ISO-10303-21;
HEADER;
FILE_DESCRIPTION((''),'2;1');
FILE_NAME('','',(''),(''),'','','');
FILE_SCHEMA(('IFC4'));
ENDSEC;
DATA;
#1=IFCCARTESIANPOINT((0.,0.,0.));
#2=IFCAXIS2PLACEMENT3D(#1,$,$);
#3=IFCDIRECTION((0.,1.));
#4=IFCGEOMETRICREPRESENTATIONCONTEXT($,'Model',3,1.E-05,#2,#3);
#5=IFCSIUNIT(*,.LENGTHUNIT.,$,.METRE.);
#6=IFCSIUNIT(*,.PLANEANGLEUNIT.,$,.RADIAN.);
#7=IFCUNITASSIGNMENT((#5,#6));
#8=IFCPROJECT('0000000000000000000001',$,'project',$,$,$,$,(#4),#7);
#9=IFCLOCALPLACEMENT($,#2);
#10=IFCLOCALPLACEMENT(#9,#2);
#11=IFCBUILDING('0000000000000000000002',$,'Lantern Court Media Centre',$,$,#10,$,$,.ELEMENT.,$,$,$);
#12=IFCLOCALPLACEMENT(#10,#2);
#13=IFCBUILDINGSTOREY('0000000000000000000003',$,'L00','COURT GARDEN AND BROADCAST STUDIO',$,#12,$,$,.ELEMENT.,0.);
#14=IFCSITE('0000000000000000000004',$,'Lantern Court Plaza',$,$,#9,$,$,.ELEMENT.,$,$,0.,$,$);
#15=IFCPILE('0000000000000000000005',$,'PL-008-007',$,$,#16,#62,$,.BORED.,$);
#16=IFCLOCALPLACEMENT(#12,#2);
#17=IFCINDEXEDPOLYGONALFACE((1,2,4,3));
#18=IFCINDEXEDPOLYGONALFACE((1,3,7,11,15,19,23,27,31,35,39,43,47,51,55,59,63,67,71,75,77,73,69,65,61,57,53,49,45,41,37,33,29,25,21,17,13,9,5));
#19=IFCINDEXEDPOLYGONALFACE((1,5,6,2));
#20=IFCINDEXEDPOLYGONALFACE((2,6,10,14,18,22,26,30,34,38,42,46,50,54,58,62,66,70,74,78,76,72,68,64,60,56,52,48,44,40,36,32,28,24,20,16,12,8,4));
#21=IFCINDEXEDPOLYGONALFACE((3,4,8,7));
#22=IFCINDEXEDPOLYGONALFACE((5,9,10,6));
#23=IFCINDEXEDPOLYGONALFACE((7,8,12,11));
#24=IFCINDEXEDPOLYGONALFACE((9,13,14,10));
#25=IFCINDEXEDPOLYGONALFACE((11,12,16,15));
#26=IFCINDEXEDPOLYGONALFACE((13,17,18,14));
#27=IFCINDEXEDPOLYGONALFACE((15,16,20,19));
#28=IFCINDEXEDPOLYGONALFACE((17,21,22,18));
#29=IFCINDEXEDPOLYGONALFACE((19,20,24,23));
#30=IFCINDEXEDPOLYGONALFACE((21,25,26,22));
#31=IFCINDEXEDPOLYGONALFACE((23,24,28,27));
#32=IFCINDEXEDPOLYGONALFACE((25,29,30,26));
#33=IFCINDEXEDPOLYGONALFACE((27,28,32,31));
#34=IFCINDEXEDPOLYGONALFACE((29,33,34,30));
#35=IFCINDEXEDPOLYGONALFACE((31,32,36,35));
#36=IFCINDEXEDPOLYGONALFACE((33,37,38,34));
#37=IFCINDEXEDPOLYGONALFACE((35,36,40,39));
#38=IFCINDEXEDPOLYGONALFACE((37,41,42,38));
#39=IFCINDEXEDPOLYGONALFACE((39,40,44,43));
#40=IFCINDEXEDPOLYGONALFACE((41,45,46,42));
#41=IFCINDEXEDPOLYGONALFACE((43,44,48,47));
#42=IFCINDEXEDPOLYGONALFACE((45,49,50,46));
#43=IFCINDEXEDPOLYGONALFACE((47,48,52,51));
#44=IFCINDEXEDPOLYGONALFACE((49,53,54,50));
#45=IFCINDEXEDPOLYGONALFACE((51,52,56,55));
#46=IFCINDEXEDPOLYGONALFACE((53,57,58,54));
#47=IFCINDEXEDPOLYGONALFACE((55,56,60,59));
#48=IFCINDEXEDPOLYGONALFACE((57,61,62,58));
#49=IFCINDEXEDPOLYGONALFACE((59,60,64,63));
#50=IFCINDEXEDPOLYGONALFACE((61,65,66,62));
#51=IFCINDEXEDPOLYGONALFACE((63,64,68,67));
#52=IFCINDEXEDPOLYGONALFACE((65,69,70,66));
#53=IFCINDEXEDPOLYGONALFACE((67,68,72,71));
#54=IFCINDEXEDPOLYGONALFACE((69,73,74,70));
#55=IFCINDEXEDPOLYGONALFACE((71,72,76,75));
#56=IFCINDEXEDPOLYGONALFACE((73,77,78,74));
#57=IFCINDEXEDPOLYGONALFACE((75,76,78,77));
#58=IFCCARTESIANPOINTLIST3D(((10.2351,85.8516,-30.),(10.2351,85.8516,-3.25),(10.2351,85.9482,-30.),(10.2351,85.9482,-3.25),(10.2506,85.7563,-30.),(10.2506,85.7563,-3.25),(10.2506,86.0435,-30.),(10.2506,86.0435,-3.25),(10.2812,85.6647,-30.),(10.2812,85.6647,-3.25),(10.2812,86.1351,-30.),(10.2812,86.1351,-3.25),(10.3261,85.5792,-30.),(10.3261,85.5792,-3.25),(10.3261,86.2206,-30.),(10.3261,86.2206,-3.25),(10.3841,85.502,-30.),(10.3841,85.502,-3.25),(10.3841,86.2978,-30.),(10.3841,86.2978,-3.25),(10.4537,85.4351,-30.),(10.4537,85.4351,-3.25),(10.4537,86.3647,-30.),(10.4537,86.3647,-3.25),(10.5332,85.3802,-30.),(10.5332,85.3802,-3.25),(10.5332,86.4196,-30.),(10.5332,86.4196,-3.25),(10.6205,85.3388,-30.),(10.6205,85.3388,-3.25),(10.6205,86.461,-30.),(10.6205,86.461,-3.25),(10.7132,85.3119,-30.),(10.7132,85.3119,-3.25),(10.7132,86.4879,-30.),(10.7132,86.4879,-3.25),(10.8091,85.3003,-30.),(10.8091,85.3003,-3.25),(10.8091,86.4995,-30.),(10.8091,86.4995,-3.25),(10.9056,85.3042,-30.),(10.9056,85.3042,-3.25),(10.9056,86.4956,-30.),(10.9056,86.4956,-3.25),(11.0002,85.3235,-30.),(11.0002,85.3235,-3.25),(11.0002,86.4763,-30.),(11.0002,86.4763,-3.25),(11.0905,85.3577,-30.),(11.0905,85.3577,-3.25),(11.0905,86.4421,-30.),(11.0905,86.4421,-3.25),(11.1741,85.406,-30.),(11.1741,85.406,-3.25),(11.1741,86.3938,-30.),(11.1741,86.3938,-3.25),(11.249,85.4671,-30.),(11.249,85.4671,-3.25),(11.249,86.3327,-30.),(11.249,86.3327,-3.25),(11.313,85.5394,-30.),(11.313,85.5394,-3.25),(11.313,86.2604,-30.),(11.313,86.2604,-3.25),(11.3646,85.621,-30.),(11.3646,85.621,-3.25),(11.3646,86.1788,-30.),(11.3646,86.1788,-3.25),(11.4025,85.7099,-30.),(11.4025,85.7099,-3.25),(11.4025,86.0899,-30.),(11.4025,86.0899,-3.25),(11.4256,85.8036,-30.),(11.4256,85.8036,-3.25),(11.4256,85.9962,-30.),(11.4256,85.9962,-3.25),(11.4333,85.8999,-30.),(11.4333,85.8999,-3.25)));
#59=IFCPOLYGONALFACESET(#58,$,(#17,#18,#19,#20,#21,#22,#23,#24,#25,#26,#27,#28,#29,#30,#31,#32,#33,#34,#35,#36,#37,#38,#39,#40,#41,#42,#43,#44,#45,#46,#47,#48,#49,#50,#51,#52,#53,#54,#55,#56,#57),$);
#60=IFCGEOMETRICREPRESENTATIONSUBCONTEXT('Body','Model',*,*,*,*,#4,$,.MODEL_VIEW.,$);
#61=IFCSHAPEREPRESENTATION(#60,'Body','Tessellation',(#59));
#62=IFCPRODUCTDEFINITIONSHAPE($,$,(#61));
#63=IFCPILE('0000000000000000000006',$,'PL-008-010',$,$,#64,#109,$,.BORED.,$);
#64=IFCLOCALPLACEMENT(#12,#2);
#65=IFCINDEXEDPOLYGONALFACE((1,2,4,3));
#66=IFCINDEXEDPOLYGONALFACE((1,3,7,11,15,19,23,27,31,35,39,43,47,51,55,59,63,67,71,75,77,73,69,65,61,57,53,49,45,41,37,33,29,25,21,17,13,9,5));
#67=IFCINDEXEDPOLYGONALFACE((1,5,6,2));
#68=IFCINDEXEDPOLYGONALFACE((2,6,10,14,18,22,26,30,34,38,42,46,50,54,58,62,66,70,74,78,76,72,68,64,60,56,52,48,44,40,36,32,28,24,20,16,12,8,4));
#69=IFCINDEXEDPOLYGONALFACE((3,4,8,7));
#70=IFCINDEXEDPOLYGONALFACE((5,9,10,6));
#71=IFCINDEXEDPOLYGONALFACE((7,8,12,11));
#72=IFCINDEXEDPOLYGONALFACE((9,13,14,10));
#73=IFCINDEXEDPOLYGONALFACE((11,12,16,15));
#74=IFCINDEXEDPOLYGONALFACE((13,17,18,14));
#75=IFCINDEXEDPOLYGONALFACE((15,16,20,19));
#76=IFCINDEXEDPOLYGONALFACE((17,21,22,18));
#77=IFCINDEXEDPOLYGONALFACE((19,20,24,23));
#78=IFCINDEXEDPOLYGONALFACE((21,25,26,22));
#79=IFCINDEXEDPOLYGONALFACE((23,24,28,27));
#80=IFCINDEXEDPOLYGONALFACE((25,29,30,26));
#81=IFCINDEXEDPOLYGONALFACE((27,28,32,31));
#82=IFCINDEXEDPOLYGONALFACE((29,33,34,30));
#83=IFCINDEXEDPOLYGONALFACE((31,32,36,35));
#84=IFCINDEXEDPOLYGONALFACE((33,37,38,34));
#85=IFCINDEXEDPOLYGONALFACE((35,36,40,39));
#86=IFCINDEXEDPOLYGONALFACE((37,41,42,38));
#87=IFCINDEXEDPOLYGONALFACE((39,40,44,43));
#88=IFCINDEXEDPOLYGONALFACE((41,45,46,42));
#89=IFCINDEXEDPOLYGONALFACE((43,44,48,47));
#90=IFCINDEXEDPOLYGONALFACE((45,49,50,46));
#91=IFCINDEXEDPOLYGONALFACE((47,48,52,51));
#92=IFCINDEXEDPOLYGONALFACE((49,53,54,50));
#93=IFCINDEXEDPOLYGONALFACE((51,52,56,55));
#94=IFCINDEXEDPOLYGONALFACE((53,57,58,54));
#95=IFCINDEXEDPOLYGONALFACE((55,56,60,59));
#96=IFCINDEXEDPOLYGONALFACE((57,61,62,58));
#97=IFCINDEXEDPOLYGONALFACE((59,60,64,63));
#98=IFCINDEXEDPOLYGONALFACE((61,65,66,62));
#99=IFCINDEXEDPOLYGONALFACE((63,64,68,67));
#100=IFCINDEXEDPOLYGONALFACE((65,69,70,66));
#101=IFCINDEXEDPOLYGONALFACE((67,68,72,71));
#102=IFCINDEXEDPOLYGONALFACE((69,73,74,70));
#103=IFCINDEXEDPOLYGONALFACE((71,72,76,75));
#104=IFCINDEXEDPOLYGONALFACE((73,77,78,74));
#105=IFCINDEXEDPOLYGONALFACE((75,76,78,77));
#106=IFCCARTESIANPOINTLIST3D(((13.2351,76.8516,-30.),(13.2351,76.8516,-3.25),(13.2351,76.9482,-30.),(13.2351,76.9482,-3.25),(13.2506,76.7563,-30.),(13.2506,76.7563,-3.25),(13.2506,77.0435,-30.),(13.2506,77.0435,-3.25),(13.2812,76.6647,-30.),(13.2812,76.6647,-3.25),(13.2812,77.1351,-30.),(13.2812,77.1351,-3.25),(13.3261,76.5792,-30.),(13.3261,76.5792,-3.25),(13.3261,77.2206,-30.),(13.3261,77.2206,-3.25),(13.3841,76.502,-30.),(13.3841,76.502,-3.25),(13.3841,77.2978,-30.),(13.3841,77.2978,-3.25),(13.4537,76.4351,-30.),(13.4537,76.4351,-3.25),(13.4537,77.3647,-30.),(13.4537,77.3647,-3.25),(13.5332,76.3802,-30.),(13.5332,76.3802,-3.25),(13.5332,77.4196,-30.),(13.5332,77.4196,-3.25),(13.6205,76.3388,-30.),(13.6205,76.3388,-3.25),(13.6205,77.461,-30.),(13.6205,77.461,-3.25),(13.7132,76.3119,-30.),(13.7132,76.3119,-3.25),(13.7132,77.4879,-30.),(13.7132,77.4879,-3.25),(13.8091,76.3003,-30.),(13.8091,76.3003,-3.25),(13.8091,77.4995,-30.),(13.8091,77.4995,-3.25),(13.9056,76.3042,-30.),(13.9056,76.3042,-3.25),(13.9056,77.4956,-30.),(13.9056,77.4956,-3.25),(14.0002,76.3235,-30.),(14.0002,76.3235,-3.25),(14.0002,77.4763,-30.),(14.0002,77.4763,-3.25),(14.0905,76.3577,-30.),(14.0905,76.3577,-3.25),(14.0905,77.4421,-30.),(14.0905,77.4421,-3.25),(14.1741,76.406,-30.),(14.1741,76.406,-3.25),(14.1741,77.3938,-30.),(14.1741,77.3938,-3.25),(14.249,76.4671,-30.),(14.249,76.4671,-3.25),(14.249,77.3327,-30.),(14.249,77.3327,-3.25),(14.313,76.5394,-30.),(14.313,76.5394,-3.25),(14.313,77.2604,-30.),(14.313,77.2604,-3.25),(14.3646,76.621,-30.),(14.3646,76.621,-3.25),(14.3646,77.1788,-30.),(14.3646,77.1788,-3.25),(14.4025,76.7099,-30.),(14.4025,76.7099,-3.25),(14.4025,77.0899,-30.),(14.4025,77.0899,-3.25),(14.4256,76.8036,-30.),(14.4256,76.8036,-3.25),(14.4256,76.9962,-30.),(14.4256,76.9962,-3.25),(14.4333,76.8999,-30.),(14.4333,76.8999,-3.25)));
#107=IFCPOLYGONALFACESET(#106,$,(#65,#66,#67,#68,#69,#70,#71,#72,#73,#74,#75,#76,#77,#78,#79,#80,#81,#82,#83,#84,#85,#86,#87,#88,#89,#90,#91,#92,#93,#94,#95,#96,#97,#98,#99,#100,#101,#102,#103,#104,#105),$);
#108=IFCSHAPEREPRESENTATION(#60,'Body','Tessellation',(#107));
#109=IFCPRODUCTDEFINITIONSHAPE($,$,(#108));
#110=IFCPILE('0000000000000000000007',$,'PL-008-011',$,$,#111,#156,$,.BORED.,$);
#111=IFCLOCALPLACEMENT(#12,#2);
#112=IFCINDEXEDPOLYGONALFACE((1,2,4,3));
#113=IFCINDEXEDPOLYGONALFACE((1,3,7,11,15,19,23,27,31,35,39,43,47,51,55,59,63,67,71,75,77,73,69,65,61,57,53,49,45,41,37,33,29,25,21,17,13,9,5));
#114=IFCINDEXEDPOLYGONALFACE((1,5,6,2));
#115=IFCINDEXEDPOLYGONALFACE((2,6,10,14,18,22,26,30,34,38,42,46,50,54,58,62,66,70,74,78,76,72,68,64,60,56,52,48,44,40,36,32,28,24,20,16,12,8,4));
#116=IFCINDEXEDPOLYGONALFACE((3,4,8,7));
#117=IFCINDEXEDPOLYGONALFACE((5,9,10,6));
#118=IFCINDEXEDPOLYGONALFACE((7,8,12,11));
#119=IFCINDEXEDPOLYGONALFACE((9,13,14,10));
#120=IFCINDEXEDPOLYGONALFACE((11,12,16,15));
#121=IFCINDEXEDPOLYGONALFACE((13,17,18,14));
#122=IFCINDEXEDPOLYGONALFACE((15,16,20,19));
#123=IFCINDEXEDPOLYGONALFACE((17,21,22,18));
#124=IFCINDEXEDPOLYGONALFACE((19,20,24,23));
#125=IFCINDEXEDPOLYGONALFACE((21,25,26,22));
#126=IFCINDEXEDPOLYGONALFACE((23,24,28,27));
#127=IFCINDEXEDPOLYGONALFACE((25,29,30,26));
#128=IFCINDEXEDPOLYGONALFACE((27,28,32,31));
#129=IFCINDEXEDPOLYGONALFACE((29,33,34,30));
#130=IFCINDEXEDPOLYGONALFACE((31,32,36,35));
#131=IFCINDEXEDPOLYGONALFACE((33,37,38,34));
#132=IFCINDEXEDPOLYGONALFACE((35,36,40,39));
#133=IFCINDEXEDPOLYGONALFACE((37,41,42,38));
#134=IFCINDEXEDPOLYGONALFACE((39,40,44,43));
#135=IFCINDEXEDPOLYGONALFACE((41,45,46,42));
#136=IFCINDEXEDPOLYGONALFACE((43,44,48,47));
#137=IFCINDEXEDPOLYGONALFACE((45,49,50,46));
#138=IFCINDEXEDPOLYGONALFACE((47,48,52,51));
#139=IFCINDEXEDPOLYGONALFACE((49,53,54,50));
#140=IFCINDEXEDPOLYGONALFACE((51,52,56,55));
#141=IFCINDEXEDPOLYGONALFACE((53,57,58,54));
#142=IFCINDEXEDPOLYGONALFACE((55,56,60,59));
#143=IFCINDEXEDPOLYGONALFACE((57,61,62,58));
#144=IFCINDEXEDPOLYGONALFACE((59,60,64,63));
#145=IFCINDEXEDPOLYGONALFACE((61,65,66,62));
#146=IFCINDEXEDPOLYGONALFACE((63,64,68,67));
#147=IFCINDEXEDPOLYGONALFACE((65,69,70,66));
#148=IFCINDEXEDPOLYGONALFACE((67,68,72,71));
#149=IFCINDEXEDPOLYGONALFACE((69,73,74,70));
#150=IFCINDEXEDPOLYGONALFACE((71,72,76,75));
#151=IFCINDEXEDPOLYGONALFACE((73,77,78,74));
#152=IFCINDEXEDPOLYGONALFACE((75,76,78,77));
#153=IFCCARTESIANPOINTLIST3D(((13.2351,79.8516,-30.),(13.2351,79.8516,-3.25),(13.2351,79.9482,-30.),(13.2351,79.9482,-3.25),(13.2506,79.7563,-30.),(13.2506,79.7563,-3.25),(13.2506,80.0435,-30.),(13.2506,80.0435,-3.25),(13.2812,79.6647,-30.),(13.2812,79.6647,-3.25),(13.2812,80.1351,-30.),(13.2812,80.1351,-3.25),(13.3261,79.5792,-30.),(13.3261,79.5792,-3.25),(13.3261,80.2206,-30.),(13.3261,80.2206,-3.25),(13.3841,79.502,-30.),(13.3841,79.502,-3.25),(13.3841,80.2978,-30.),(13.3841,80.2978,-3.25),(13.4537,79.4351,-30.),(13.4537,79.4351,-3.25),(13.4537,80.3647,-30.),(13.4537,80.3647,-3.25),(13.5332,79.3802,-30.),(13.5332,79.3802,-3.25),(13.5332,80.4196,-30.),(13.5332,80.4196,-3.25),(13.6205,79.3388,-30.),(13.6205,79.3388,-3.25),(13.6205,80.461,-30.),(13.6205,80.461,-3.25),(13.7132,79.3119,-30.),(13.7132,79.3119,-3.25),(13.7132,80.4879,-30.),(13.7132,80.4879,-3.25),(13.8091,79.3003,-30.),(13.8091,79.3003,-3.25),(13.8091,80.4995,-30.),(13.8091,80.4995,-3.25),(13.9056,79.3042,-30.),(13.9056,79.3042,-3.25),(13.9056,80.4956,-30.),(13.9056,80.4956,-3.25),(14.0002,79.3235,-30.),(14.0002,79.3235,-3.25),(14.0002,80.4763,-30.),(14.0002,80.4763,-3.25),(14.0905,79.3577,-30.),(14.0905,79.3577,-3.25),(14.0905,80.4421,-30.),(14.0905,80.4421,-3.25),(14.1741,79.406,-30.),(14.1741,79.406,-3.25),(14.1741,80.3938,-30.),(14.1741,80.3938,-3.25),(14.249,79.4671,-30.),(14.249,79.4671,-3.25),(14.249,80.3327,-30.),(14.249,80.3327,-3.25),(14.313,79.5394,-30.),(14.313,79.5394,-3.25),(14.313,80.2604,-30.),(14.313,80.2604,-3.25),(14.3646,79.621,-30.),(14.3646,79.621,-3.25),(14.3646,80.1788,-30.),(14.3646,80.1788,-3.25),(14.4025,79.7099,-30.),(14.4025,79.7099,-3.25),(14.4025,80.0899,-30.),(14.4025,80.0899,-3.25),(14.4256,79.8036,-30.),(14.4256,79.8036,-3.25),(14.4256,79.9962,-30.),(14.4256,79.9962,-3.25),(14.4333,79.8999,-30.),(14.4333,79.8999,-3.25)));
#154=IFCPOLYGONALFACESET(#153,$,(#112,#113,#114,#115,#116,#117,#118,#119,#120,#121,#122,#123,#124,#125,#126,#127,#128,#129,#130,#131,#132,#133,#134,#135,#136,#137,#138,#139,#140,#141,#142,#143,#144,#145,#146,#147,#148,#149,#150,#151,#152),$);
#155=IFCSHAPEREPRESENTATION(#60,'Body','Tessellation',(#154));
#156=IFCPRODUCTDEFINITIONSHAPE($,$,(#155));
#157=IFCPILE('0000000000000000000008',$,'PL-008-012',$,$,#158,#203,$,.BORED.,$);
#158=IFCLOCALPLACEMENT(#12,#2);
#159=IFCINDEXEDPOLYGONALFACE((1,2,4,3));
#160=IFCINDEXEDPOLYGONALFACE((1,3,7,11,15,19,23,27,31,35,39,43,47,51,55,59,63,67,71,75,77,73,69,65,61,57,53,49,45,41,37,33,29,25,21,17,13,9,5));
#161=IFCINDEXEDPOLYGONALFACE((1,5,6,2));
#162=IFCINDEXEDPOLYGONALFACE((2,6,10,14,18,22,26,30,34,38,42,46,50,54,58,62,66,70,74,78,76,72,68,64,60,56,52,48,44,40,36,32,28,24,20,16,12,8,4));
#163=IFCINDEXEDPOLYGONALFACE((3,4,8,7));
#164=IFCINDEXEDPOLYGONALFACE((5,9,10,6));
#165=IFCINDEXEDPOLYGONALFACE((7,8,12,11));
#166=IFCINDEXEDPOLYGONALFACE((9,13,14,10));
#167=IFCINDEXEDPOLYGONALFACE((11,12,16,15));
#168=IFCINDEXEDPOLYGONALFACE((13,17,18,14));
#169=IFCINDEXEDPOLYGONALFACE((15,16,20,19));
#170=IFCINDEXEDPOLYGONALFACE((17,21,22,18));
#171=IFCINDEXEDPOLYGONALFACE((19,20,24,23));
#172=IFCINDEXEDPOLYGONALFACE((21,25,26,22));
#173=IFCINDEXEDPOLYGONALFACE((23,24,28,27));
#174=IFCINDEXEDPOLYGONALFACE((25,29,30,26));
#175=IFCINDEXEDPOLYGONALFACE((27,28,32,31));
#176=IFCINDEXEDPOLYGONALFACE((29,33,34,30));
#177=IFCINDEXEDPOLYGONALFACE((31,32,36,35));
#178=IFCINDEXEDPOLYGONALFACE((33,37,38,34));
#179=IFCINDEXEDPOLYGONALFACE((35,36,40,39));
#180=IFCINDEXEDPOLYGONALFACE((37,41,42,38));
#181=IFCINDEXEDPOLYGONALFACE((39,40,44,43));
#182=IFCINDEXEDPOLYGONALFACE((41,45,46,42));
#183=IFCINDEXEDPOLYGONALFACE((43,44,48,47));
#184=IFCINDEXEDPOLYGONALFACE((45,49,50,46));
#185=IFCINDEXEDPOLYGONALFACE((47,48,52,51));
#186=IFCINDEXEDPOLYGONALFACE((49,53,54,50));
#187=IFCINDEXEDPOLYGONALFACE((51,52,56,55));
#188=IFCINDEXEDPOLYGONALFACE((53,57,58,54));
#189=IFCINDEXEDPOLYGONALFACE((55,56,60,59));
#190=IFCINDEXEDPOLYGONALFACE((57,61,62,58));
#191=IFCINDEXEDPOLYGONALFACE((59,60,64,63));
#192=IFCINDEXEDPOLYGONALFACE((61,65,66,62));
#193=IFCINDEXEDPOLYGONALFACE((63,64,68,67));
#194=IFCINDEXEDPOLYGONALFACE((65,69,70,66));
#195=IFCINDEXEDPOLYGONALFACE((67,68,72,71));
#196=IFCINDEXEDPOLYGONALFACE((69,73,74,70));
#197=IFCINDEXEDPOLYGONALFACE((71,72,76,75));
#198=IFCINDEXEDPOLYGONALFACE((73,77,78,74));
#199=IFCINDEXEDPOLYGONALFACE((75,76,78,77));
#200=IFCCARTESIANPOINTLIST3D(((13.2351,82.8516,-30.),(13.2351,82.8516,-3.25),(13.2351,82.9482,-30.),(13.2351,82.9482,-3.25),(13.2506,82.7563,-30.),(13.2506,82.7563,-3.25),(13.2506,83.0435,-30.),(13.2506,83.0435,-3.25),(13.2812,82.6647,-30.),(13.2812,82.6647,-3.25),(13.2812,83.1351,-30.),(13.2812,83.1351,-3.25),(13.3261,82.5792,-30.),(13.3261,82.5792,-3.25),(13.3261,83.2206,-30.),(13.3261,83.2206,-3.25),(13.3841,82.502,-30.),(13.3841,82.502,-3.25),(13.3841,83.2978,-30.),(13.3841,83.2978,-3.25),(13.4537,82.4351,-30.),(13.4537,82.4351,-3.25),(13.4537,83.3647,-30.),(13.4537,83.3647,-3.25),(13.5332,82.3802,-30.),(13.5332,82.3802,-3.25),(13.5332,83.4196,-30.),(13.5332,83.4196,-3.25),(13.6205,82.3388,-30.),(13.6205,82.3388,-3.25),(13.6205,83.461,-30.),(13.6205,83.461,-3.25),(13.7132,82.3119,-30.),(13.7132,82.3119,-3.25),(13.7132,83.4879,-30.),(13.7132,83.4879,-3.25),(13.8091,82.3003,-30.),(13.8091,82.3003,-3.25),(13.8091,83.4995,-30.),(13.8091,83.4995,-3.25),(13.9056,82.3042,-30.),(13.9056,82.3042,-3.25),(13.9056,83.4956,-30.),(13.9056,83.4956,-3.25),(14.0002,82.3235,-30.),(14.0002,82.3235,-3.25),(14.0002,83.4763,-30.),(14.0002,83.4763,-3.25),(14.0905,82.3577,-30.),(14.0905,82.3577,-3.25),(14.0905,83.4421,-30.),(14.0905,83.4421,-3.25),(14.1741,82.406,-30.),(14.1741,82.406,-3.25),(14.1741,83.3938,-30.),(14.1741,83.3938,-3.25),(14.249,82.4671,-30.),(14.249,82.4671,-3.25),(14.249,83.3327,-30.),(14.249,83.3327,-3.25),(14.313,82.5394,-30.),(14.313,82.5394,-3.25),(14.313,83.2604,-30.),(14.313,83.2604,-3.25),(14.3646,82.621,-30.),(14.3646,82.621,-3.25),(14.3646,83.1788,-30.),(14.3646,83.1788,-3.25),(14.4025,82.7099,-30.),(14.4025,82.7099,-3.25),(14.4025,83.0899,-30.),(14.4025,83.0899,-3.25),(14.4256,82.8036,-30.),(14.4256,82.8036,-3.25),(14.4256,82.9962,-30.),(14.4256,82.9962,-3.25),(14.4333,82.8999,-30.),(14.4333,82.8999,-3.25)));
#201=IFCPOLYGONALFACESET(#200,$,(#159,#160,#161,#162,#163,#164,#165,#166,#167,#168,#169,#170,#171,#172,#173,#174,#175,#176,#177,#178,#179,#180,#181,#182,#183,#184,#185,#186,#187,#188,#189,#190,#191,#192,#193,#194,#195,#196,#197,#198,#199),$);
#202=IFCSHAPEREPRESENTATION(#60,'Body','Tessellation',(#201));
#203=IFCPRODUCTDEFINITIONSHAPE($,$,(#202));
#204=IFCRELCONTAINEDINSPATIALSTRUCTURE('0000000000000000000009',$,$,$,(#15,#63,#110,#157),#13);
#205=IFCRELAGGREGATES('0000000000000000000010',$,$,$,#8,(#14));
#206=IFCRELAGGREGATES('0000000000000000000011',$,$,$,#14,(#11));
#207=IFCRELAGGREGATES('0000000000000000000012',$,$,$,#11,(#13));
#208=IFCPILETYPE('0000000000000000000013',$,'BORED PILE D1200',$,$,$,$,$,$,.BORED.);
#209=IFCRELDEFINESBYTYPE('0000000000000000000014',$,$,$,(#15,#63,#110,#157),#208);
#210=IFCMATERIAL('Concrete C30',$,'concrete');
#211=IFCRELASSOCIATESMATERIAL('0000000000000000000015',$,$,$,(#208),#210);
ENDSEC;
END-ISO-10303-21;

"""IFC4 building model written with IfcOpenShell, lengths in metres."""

from ifc_helpers import new_model, si_unit, direction, frame, origin, origin_2d, place, context, subcontext, project, spatial, circle, extrude, material, material_profile, profile_set, type_object, element, save


model = new_model("IFC4")

# Units and contexts
model_context = context("Model", 3, precision=1e-05, world=origin(), true_north=direction((0.0, 1.0)))
body_context = subcontext(model_context, "Body", "Model", "MODEL_VIEW")
ifc_project = project(units=[si_unit("LENGTHUNIT", "METRE"), si_unit("PLANEANGLEUNIT", "RADIAN")], contexts=[model_context])

# Site, building, storey
site_placement = place(None, origin())
site = spatial("IfcSite", under=ifc_project, at=site_placement, Name="Lantern Court Plaza", CompositionType="ELEMENT", RefElevation=0.0)
building_placement = place(site_placement, origin())
building = spatial("IfcBuilding", under=site, at=building_placement, Name="Lantern Court Media Centre", CompositionType="ELEMENT")
storey_placement = place(building_placement, origin())
storey = spatial("IfcBuildingStorey", under=building, at=storey_placement, Name="L00", Description="COURT GARDEN AND BROADCAST STUDIO", CompositionType="ELEMENT", Elevation=0.0)

# Piles
ifc_material_1 = material(Name="Concrete C30", Category="concrete")
ifc_material_profile_1 = material_profile(ifc_material_1, circle(Radius=0.6001, at=origin_2d()), Name="D1200")
ifc_profile_set_1 = profile_set([ifc_material_profile_1], Name="Concrete C30")
pile_type = type_object("IfcPileType", Name="BORED PILE D1200", PredefinedType="BORED", material=ifc_profile_set_1)
for number, where, z_axis, x_axis, name in (
    (1, (10.8333, 85.8999, -3.25), (0.0, 0.0, -1.0), (1.0, 0.0, 0.0), "PL-008-007"),
    (2, (13.8333, 76.8999, -3.25), (0.0, 0.0, -1.0), (1.0, 0.0, 0.0), "PL-008-010"),
    (3, (13.8333, 79.8999, -3.25), (0.0, 0.0, -1.0), (1.0, 0.0, 0.0), "PL-008-011"),
    (4, (13.8333, 82.8999, -3.25), (0.0, 0.0, -1.0), (1.0, 0.0, 0.0), "PL-008-012"),
):
    element("IfcPile", number, at=place(storey_placement, frame(where, z_axis=z_axis, x_axis=x_axis)), inside=storey, type_object=pile_type, Name=name, PredefinedType="BORED", context=body_context, shape_type="SweptSolid", body=[
        extrude(circle(Radius=0.6001, at=origin_2d()), origin(), (0.0, 0.0, 1.0), 26.75),
    ])

save(model, "model.ifc")
